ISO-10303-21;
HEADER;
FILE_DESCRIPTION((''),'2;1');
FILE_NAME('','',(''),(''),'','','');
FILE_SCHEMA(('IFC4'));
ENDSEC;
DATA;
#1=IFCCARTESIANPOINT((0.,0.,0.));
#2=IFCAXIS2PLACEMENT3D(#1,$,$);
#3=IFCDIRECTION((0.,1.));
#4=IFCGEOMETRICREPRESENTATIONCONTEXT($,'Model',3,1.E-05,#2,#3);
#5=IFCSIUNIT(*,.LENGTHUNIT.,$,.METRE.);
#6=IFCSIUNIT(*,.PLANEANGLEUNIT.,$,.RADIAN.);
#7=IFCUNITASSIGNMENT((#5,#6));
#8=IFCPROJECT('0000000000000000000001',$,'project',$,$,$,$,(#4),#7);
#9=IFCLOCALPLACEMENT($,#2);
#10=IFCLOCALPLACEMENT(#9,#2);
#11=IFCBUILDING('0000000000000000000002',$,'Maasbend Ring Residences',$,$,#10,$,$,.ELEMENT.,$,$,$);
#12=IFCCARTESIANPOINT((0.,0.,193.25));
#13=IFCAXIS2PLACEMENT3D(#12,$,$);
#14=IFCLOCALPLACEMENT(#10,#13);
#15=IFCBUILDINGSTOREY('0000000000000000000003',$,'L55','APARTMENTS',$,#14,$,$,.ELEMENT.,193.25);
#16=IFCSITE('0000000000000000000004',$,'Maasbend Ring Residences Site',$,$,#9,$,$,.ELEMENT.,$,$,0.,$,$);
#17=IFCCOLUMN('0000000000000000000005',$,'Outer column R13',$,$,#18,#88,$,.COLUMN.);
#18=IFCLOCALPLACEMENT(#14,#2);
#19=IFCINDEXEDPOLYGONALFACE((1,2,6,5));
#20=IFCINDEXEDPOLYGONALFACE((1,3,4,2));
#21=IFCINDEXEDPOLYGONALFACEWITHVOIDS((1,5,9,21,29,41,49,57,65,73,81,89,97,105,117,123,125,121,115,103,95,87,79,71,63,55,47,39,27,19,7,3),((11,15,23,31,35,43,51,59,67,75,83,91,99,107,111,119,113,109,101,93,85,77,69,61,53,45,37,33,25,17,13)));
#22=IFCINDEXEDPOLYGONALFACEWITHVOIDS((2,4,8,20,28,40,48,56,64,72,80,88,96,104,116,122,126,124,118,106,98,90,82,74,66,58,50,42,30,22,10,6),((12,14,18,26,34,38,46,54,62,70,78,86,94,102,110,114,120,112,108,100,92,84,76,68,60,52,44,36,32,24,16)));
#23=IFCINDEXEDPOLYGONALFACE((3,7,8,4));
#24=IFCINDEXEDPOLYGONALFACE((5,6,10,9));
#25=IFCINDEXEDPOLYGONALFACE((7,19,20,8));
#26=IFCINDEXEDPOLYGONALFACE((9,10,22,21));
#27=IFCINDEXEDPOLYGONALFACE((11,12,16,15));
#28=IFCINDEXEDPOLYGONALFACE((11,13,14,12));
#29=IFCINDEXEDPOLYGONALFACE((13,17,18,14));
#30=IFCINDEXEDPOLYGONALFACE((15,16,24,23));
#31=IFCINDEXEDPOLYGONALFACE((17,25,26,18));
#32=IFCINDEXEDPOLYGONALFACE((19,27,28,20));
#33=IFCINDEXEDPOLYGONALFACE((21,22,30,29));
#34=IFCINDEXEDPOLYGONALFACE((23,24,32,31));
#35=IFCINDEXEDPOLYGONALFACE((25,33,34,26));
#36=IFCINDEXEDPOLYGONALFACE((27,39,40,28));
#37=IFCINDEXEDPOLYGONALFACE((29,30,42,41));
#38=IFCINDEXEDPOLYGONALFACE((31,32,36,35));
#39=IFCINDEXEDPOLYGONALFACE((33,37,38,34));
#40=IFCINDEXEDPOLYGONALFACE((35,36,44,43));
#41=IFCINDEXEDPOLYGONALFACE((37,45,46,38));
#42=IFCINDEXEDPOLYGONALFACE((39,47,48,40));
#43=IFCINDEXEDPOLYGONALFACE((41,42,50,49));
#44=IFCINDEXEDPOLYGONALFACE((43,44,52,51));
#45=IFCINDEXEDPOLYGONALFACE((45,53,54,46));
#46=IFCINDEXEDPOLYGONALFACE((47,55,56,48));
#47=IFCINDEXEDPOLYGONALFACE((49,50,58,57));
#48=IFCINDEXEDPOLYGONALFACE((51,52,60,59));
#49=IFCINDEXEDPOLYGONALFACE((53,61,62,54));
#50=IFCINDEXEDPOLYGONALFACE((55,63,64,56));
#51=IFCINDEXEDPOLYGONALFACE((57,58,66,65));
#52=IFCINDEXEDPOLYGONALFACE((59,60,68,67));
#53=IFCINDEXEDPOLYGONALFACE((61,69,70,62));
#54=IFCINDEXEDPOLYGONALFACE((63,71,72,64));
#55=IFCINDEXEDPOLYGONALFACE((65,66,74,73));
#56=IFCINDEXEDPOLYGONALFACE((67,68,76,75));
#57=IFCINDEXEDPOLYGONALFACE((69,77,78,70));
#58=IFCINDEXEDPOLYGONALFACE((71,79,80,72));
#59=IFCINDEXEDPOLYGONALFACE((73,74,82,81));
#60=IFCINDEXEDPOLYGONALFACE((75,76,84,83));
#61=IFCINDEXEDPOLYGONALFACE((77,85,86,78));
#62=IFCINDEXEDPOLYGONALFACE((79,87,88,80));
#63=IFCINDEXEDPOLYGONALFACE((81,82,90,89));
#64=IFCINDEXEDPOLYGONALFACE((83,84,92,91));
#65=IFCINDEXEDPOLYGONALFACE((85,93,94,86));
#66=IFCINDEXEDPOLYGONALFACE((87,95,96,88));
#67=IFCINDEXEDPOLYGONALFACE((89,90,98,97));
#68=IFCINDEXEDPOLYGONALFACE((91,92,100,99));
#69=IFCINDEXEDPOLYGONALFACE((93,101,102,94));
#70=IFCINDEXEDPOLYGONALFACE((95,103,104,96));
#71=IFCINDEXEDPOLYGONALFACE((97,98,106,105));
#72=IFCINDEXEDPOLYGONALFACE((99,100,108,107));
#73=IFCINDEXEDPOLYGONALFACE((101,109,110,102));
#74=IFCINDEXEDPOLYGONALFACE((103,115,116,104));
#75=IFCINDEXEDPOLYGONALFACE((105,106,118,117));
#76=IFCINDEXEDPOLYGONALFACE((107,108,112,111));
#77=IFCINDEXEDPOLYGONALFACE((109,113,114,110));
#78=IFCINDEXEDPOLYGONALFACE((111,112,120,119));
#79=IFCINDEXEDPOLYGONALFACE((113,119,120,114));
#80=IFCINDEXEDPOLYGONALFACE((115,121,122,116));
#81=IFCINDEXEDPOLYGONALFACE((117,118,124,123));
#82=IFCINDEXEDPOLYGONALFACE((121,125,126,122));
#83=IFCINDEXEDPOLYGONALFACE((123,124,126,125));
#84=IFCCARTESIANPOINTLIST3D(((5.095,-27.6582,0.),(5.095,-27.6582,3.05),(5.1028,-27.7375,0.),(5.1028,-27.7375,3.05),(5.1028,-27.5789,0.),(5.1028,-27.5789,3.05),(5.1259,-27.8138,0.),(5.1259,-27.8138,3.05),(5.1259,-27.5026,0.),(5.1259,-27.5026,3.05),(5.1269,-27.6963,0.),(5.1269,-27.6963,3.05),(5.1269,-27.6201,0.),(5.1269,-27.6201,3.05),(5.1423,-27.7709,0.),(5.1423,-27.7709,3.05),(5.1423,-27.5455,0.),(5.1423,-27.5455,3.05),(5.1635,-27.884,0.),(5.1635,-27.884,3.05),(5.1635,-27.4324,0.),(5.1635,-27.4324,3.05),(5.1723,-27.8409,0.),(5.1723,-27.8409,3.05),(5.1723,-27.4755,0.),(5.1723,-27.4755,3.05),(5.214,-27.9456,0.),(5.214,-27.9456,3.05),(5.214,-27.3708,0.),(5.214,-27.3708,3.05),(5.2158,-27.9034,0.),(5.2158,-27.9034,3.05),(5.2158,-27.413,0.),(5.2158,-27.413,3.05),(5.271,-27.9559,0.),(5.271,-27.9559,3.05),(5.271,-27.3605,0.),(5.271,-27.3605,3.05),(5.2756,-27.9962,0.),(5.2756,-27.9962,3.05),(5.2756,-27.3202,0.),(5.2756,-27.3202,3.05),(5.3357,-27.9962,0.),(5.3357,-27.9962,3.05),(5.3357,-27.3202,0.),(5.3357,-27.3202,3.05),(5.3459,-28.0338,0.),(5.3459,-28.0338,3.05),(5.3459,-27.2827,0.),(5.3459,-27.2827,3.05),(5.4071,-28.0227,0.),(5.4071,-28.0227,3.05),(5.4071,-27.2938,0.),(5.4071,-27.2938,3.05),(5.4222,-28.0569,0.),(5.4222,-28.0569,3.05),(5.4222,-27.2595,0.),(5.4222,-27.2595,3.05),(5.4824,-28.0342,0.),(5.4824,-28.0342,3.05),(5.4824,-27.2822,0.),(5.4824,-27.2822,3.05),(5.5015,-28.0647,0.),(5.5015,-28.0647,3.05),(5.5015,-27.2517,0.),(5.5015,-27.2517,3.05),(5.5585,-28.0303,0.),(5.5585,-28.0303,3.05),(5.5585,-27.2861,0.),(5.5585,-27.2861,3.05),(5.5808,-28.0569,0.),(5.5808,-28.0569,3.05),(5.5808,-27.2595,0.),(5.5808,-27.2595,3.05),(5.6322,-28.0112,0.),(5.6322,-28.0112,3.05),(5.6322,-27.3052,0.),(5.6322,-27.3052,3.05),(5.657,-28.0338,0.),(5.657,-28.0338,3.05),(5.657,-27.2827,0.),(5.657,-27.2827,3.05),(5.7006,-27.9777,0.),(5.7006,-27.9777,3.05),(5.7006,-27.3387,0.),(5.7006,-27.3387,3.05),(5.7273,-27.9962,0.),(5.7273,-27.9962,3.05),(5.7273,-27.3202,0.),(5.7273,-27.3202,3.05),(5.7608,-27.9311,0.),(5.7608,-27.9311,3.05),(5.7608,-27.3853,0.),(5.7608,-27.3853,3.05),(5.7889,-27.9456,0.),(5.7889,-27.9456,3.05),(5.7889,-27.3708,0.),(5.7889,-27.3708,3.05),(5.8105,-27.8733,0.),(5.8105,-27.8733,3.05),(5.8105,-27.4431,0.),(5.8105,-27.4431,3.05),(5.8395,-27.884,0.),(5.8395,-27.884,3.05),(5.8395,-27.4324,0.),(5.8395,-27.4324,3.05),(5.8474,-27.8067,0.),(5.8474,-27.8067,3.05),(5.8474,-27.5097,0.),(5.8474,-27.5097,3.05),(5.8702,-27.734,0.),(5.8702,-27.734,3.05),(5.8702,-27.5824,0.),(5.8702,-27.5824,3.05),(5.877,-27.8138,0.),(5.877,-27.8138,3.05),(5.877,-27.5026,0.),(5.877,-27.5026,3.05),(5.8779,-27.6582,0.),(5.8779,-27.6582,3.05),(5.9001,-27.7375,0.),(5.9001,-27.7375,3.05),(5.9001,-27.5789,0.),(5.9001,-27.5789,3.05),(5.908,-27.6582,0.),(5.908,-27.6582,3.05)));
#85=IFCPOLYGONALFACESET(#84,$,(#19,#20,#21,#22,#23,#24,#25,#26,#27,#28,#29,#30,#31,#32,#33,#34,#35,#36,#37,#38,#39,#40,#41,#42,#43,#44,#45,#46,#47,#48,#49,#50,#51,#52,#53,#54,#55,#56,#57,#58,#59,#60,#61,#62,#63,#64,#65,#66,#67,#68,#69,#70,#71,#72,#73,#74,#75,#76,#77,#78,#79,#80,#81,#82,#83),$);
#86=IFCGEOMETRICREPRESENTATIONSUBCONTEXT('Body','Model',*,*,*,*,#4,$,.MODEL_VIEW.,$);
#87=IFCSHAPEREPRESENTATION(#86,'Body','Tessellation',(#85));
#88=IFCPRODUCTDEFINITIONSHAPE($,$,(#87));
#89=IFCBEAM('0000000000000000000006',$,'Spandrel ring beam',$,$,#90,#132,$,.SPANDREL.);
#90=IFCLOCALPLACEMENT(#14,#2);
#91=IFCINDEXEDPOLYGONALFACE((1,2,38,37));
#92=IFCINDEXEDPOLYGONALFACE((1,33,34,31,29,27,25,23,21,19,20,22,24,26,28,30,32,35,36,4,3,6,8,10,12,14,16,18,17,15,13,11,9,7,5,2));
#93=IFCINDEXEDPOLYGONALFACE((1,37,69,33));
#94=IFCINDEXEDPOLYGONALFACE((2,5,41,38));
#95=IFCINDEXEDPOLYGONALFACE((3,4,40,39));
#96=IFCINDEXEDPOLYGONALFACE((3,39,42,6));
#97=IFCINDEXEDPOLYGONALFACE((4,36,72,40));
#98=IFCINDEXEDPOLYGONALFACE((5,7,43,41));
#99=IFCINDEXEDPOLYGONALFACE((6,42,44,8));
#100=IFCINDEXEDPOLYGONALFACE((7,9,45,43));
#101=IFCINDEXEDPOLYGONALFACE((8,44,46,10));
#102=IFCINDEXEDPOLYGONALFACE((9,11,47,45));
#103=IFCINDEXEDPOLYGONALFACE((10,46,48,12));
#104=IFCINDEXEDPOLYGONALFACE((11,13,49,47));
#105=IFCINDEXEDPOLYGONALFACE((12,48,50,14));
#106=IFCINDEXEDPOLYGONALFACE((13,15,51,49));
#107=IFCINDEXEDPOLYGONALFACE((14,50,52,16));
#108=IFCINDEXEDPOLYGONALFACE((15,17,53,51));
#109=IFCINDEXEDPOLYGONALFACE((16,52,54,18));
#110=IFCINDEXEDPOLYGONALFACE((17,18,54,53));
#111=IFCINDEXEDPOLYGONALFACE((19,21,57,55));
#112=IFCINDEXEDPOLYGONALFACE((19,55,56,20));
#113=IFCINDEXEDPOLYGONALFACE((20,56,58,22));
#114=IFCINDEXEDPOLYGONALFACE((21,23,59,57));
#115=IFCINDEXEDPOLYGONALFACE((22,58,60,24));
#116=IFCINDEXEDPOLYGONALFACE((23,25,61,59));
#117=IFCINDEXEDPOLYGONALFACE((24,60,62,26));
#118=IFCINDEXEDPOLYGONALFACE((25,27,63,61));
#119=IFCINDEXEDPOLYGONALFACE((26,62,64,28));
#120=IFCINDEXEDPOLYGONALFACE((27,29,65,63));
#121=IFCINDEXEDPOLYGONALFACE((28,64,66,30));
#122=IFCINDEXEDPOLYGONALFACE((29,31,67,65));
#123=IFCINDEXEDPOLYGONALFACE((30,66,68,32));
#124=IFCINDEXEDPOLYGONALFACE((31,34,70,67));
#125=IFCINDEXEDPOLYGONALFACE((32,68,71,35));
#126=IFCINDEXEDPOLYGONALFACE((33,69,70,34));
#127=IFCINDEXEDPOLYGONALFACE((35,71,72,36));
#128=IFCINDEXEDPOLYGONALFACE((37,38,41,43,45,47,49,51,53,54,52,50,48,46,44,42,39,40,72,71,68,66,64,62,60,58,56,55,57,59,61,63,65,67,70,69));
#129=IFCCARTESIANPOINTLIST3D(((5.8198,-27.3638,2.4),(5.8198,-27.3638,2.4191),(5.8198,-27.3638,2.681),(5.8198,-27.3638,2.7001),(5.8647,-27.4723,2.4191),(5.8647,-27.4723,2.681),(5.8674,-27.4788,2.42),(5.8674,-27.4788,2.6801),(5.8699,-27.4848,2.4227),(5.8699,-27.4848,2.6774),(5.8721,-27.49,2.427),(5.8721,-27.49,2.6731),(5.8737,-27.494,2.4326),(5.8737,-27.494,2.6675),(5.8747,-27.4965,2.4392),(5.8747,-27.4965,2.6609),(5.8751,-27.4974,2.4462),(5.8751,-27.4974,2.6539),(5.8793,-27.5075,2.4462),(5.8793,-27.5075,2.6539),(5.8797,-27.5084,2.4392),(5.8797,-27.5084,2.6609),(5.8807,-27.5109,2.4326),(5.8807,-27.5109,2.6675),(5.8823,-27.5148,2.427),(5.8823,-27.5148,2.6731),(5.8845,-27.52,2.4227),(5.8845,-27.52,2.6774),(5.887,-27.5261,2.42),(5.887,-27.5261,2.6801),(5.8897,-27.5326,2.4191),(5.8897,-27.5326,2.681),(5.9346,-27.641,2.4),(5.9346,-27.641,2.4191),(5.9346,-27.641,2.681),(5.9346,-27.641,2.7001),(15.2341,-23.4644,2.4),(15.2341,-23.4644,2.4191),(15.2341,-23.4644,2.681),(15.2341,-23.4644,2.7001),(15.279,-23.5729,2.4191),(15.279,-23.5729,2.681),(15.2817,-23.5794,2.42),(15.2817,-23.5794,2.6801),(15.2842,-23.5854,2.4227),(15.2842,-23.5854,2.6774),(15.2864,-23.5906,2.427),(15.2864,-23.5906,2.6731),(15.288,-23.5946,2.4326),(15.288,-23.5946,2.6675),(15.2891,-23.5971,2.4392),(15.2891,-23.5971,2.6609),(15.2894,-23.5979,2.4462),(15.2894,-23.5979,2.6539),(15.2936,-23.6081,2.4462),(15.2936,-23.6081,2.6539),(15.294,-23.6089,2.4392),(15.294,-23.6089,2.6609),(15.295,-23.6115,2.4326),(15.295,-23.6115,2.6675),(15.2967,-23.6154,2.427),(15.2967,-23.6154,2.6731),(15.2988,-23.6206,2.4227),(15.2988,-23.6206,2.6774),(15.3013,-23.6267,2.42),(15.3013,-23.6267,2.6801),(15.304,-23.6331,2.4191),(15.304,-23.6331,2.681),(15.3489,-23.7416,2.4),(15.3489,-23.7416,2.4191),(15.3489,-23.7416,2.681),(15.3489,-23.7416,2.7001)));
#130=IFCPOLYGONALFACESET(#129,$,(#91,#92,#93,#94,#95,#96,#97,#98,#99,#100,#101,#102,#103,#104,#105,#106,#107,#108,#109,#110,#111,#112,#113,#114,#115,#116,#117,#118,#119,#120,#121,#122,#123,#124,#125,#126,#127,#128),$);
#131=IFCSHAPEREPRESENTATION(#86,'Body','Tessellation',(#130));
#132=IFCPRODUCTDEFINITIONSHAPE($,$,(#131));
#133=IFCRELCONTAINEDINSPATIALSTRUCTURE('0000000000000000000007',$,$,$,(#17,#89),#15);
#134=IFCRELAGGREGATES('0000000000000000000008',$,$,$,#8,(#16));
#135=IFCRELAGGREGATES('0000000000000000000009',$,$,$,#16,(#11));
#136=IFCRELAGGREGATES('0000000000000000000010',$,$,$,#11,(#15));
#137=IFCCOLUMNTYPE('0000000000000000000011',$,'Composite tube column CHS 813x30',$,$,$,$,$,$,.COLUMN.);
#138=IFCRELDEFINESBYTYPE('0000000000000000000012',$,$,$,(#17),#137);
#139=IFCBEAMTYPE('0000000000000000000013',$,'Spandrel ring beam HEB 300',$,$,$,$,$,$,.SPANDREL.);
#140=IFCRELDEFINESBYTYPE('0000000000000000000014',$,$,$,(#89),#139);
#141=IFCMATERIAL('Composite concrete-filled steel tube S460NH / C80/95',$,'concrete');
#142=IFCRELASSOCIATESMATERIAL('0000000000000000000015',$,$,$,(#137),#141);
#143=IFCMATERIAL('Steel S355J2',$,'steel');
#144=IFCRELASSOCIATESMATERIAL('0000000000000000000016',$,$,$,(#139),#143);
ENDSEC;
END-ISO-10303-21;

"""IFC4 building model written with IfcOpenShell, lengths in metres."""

from ifc_helpers import new_model, si_unit, direction, frame, origin, origin_2d, place, context, subcontext, project, spatial, hollow_circle, i_section, extrude, material, material_profile, profile_set, type_object, element, save


model = new_model("IFC4")

# Units and contexts
model_context = context("Model", 3, precision=1e-05, world=origin(), true_north=direction((0.0, 1.0)))
body_context = subcontext(model_context, "Body", "Model", "MODEL_VIEW")
ifc_project = project(units=[si_unit("LENGTHUNIT", "METRE"), si_unit("PLANEANGLEUNIT", "RADIAN")], contexts=[model_context])

# Site, building, storey
site_placement = place(None, origin())
site = spatial("IfcSite", under=ifc_project, at=site_placement, Name="Maasbend Ring Residences Site", CompositionType="ELEMENT", RefElevation=0.0)
building_placement = place(site_placement, origin())
building = spatial("IfcBuilding", under=site, at=building_placement, Name="Maasbend Ring Residences", CompositionType="ELEMENT")
storey_placement = place(building_placement, frame((0.0, 0.0, 193.25)))
storey = spatial("IfcBuildingStorey", under=building, at=storey_placement, Name="L55", Description="APARTMENTS", CompositionType="ELEMENT", Elevation=193.25)

# Column
ifc_material_1 = material(Name="Composite concrete-filled steel tube S460NH / C80/95", Category="concrete")
ifc_material_profile_1 = material_profile(ifc_material_1, hollow_circle(Radius=0.4065, WallThickness=0.03, at=origin_2d()), Name="Composite tube column CHS 813x30")
ifc_profile_set_1 = profile_set([ifc_material_profile_1], Name="Composite concrete-filled steel tube S460NH / C80/95")
column_type = type_object("IfcColumnType", Name="Composite tube column CHS 813x30", PredefinedType="COLUMN", material=ifc_profile_set_1)
column_placement = place(storey_placement, frame((5.5015, -27.6582, 0.0), z_axis=(0.0, 0.0, 1.0), x_axis=(1.0, 0.0, 0.0)))
element("IfcColumn", 1, at=column_placement, inside=storey, type_object=column_type, Name="Outer column R13", PredefinedType="COLUMN", context=body_context, shape_type="SweptSolid", body=[
    extrude(hollow_circle(Radius=0.4065, WallThickness=0.03, at=origin_2d()), origin(), (0.0, 0.0, 1.0), 3.05),
])

# Beam
ifc_material_2 = material(Name="Steel S355J2", Category="steel")
ifc_material_profile_2 = material_profile(ifc_material_2, i_section(OverallWidth=0.3, OverallDepth=0.3, WebThickness=0.011, FlangeThickness=0.019, FilletRadius=0.0271, at=origin_2d()), Name="HEB 300")
ifc_profile_set_2 = profile_set([ifc_material_profile_2], Name="Steel S355J2")
beam_type = type_object("IfcBeamType", Name="Spandrel ring beam HEB 300", PredefinedType="SPANDREL", material=ifc_profile_set_2)
beam_placement = place(storey_placement, frame((5.8772, -27.5024, 2.55), z_axis=(0.923884, 0.382673, 0.0), x_axis=(-0.382673, 0.923884, 0.0)))
element("IfcBeam", 2, at=beam_placement, inside=storey, type_object=beam_type, Name="Spandrel ring beam", PredefinedType="SPANDREL", context=body_context, shape_type="SweptSolid", body=[
    extrude(i_section(OverallWidth=0.3, OverallDepth=0.3, WebThickness=0.011, FlangeThickness=0.019, FilletRadius=0.0271, at=origin_2d()), origin(), (0.0, 0.0, 1.0), 10.1899),
])

save(model, "model.ifc")
